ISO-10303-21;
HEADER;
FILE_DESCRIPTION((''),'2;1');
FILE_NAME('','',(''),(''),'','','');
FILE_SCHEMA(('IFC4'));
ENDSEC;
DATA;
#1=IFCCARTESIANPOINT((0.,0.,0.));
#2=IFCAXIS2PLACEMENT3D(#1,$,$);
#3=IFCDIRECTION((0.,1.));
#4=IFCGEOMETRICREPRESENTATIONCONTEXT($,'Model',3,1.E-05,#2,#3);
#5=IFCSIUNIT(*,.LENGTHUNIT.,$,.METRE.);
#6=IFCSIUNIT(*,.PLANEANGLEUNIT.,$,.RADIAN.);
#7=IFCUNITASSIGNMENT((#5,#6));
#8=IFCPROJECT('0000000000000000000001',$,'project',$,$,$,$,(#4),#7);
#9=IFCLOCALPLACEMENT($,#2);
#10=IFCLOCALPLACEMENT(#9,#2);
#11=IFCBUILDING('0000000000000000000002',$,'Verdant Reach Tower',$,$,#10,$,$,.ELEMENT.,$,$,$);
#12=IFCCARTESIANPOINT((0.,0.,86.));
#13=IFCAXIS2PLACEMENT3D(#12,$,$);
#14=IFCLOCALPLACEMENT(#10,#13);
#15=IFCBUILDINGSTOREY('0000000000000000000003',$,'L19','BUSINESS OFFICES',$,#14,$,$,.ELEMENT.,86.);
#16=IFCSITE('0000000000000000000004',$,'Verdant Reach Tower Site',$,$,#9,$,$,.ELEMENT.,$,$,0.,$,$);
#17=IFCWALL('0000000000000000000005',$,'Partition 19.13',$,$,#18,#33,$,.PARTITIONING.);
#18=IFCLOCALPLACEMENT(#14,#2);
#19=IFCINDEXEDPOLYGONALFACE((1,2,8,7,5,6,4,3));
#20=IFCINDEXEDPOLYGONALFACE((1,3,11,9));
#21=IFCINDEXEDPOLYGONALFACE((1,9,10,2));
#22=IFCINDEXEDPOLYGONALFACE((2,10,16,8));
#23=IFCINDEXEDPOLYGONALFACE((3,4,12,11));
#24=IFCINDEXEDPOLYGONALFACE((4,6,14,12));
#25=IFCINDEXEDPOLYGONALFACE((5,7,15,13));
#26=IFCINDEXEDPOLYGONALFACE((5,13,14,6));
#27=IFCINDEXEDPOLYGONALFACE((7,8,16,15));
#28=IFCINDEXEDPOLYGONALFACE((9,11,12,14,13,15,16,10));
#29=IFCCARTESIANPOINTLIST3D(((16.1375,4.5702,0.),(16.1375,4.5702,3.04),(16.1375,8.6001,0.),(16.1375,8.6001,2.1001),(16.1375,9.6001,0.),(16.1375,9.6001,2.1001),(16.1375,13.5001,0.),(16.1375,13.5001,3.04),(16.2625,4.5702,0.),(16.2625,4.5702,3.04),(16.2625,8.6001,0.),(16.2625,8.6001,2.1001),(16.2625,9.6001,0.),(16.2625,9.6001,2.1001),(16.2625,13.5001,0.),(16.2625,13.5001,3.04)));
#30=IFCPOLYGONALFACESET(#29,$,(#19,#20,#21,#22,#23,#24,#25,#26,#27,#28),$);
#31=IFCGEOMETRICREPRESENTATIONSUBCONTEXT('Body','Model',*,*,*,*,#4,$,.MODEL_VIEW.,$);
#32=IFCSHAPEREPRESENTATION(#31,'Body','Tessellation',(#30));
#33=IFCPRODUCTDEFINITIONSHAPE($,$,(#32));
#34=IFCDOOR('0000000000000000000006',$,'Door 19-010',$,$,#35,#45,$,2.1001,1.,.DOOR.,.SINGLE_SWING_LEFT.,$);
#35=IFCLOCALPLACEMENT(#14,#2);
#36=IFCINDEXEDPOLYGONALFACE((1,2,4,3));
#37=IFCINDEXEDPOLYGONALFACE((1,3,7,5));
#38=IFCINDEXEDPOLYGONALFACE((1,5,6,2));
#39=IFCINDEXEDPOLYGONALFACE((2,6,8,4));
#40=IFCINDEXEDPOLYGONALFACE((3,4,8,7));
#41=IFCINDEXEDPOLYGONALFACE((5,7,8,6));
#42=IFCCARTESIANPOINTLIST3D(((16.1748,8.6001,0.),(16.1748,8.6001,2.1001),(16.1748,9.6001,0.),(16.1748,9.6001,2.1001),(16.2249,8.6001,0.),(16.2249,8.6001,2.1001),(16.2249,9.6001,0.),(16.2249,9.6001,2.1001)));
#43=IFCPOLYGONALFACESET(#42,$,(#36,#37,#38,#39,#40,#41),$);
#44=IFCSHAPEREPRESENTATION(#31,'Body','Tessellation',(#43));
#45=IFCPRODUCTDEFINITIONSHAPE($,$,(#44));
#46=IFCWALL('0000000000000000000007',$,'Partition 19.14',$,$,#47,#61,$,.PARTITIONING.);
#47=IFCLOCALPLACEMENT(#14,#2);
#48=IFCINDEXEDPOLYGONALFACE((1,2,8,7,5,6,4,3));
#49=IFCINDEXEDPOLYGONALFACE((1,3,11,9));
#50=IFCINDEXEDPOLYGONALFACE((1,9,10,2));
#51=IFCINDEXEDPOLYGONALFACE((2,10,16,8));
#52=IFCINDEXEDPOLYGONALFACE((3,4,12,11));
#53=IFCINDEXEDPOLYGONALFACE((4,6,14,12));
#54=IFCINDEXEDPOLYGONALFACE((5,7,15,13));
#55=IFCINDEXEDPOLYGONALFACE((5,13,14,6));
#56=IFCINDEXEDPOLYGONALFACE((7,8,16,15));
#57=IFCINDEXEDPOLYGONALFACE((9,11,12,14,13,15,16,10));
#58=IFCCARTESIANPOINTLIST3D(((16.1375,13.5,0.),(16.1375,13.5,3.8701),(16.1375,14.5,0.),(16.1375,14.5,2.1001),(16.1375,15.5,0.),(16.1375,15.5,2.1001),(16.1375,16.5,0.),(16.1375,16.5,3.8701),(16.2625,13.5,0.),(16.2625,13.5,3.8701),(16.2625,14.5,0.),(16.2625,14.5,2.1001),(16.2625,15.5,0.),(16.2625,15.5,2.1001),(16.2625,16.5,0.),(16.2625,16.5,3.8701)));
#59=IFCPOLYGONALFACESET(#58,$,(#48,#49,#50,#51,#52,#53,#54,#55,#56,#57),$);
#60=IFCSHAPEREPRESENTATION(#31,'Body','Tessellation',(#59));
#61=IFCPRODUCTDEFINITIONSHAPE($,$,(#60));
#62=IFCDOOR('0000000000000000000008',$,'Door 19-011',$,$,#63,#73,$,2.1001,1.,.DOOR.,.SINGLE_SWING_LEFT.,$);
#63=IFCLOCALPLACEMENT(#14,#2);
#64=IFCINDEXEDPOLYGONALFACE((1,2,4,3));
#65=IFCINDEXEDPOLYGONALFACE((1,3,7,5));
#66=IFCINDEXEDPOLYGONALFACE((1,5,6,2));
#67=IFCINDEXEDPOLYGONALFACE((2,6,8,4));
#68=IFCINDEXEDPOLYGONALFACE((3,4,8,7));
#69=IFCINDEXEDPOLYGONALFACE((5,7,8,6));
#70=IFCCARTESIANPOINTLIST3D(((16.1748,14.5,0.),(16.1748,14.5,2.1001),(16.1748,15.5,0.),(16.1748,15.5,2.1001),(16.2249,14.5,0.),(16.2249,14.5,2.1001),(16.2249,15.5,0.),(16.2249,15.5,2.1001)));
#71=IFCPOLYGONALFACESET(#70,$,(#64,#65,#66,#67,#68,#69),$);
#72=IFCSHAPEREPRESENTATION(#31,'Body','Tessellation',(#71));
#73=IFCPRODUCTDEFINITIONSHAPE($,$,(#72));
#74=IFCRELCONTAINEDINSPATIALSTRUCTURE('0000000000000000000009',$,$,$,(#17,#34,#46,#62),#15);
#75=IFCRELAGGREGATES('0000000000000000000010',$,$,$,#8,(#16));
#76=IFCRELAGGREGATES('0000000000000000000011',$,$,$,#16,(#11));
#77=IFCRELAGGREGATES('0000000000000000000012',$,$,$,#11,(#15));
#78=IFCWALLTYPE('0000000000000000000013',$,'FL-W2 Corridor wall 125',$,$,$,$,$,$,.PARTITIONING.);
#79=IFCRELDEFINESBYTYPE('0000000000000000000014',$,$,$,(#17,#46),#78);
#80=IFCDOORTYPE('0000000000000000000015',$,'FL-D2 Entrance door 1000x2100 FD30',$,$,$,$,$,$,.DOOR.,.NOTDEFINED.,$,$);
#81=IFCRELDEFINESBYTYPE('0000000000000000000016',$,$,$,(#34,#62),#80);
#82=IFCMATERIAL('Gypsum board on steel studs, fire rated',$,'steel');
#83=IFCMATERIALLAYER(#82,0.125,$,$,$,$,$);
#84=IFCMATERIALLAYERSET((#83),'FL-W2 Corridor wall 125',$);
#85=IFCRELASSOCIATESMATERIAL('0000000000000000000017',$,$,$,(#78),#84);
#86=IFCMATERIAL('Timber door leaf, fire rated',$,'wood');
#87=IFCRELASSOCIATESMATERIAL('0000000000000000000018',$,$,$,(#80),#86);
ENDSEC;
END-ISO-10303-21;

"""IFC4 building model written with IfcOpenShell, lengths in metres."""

from ifc_helpers import new_model, si_unit, direction, frame, frame_2d, origin, place, context, subcontext, project, spatial, rectangle, extrude, material, layer, layer_set, type_object, element, fill, save


model = new_model("IFC4")

# Units and contexts
model_context = context("Model", 3, precision=1e-05, world=origin(), true_north=direction((0.0, 1.0)))
body_context = subcontext(model_context, "Body", "Model", "MODEL_VIEW")
ifc_project = project(units=[si_unit("LENGTHUNIT", "METRE"), si_unit("PLANEANGLEUNIT", "RADIAN")], contexts=[model_context])

# Site, building, storey
site_placement = place(None, origin())
site = spatial("IfcSite", under=ifc_project, at=site_placement, Name="Verdant Reach Tower Site", CompositionType="ELEMENT", RefElevation=0.0)
building_placement = place(site_placement, origin())
building = spatial("IfcBuilding", under=site, at=building_placement, Name="Verdant Reach Tower", CompositionType="ELEMENT")
storey_placement = place(building_placement, frame((0.0, 0.0, 86.0)))
storey = spatial("IfcBuildingStorey", under=building, at=storey_placement, Name="L19", Description="BUSINESS OFFICES", CompositionType="ELEMENT", Elevation=86.0)

# Walls, openings, doors
ifc_material_1 = material(Name="Gypsum board on steel studs, fire rated", Category="steel")
ifc_layer_1 = layer(ifc_material_1, 0.125)
ifc_layer_set_1 = layer_set([ifc_layer_1], Name="FL-W2 Corridor wall 125")
wall_type_1 = type_object("IfcWallType", Name="FL-W2 Corridor wall 125", PredefinedType="PARTITIONING", material=ifc_layer_set_1)
wall_1_placement = place(storey_placement, frame((16.2, 13.5, 0.0), z_axis=(0.0, 0.0, 1.0), x_axis=(0.0, -1.0, 0.0)))
wall_1 = element("IfcWall", 1, at=wall_1_placement, inside=storey, type_object=wall_type_1, Name="Partition 19.13", PredefinedType="PARTITIONING", context=body_context, shape_type="SweptSolid", body=[
    extrude(rectangle(XDim=8.9299, YDim=0.125, at=frame_2d((4.4648, 0.0))), origin(), (0.0, 0.0, 1.0), 3.04),
])
opening_1_placement = place(wall_1_placement, frame((3.8999, 0.0, 0.0)))
opening_1 = element("IfcOpeningElement", 2, at=opening_1_placement, cuts=wall_1, PredefinedType="OPENING", context=body_context, shape_type="SweptSolid", body=[
    extrude(rectangle(XDim=1.0, YDim=2.1001, at=frame_2d((0.5, 1.05))), frame((0.0, 0.0725, 0.0), z_axis=(0.0, -1.0, 0.0), x_axis=(1.0, 0.0, 0.0)), (0.0, 0.0, 1.0), 0.145),
])
ifc_material_2 = material(Name="Timber door leaf, fire rated", Category="wood")
door_type_1 = type_object("IfcDoorType", Name="FL-D2 Entrance door 1000x2100 FD30", OperationType="NOTDEFINED", PredefinedType="DOOR", material=ifc_material_2)
door_1_placement = place(opening_1_placement, origin())
door_1 = element("IfcDoor", 3, at=door_1_placement, inside=storey, type_object=door_type_1, Name="Door 19-010", OperationType="SINGLE_SWING_LEFT", OverallHeight=2.1001, OverallWidth=1.0, PredefinedType="DOOR", context=body_context, shape_type="SweptSolid", body=[
    extrude(rectangle(XDim=1.0, YDim=2.1001, at=frame_2d((0.5, 1.05))), frame((0.0, 0.0249, 0.0), z_axis=(0.0, -1.0, 0.0), x_axis=(1.0, 0.0, 0.0)), (0.0, 0.0, 1.0), 0.05),
])
fill(opening_1, door_1)
wall_2_placement = place(storey_placement, frame((16.2, 16.5, 0.0), z_axis=(0.0, 0.0, 1.0), x_axis=(0.0, -1.0, 0.0)))
wall_2 = element("IfcWall", 4, at=wall_2_placement, inside=storey, type_object=wall_type_1, Name="Partition 19.14", PredefinedType="PARTITIONING", context=body_context, shape_type="SweptSolid", body=[
    extrude(rectangle(XDim=3.0, YDim=0.125, at=frame_2d((1.5, 0.0))), origin(), (0.0, 0.0, 1.0), 3.8701),
])
opening_2_placement = place(wall_2_placement, frame((1.0, 0.0, 0.0)))
opening_2 = element("IfcOpeningElement", 5, at=opening_2_placement, cuts=wall_2, PredefinedType="OPENING", context=body_context, shape_type="SweptSolid", body=[
    extrude(rectangle(XDim=1.0, YDim=2.1001, at=frame_2d((0.5, 1.05))), frame((0.0, 0.0725, 0.0), z_axis=(0.0, -1.0, 0.0), x_axis=(1.0, 0.0, 0.0)), (0.0, 0.0, 1.0), 0.145),
])
door_2_placement = place(opening_2_placement, origin())
door_2 = element("IfcDoor", 6, at=door_2_placement, inside=storey, type_object=door_type_1, Name="Door 19-011", OperationType="SINGLE_SWING_LEFT", OverallHeight=2.1001, OverallWidth=1.0, PredefinedType="DOOR", context=body_context, shape_type="SweptSolid", body=[
    extrude(rectangle(XDim=1.0, YDim=2.1001, at=frame_2d((0.5, 1.05))), frame((0.0, 0.0249, 0.0), z_axis=(0.0, -1.0, 0.0), x_axis=(1.0, 0.0, 0.0)), (0.0, 0.0, 1.0), 0.05),
])
fill(opening_2, door_2)

save(model, "model.ifc")
